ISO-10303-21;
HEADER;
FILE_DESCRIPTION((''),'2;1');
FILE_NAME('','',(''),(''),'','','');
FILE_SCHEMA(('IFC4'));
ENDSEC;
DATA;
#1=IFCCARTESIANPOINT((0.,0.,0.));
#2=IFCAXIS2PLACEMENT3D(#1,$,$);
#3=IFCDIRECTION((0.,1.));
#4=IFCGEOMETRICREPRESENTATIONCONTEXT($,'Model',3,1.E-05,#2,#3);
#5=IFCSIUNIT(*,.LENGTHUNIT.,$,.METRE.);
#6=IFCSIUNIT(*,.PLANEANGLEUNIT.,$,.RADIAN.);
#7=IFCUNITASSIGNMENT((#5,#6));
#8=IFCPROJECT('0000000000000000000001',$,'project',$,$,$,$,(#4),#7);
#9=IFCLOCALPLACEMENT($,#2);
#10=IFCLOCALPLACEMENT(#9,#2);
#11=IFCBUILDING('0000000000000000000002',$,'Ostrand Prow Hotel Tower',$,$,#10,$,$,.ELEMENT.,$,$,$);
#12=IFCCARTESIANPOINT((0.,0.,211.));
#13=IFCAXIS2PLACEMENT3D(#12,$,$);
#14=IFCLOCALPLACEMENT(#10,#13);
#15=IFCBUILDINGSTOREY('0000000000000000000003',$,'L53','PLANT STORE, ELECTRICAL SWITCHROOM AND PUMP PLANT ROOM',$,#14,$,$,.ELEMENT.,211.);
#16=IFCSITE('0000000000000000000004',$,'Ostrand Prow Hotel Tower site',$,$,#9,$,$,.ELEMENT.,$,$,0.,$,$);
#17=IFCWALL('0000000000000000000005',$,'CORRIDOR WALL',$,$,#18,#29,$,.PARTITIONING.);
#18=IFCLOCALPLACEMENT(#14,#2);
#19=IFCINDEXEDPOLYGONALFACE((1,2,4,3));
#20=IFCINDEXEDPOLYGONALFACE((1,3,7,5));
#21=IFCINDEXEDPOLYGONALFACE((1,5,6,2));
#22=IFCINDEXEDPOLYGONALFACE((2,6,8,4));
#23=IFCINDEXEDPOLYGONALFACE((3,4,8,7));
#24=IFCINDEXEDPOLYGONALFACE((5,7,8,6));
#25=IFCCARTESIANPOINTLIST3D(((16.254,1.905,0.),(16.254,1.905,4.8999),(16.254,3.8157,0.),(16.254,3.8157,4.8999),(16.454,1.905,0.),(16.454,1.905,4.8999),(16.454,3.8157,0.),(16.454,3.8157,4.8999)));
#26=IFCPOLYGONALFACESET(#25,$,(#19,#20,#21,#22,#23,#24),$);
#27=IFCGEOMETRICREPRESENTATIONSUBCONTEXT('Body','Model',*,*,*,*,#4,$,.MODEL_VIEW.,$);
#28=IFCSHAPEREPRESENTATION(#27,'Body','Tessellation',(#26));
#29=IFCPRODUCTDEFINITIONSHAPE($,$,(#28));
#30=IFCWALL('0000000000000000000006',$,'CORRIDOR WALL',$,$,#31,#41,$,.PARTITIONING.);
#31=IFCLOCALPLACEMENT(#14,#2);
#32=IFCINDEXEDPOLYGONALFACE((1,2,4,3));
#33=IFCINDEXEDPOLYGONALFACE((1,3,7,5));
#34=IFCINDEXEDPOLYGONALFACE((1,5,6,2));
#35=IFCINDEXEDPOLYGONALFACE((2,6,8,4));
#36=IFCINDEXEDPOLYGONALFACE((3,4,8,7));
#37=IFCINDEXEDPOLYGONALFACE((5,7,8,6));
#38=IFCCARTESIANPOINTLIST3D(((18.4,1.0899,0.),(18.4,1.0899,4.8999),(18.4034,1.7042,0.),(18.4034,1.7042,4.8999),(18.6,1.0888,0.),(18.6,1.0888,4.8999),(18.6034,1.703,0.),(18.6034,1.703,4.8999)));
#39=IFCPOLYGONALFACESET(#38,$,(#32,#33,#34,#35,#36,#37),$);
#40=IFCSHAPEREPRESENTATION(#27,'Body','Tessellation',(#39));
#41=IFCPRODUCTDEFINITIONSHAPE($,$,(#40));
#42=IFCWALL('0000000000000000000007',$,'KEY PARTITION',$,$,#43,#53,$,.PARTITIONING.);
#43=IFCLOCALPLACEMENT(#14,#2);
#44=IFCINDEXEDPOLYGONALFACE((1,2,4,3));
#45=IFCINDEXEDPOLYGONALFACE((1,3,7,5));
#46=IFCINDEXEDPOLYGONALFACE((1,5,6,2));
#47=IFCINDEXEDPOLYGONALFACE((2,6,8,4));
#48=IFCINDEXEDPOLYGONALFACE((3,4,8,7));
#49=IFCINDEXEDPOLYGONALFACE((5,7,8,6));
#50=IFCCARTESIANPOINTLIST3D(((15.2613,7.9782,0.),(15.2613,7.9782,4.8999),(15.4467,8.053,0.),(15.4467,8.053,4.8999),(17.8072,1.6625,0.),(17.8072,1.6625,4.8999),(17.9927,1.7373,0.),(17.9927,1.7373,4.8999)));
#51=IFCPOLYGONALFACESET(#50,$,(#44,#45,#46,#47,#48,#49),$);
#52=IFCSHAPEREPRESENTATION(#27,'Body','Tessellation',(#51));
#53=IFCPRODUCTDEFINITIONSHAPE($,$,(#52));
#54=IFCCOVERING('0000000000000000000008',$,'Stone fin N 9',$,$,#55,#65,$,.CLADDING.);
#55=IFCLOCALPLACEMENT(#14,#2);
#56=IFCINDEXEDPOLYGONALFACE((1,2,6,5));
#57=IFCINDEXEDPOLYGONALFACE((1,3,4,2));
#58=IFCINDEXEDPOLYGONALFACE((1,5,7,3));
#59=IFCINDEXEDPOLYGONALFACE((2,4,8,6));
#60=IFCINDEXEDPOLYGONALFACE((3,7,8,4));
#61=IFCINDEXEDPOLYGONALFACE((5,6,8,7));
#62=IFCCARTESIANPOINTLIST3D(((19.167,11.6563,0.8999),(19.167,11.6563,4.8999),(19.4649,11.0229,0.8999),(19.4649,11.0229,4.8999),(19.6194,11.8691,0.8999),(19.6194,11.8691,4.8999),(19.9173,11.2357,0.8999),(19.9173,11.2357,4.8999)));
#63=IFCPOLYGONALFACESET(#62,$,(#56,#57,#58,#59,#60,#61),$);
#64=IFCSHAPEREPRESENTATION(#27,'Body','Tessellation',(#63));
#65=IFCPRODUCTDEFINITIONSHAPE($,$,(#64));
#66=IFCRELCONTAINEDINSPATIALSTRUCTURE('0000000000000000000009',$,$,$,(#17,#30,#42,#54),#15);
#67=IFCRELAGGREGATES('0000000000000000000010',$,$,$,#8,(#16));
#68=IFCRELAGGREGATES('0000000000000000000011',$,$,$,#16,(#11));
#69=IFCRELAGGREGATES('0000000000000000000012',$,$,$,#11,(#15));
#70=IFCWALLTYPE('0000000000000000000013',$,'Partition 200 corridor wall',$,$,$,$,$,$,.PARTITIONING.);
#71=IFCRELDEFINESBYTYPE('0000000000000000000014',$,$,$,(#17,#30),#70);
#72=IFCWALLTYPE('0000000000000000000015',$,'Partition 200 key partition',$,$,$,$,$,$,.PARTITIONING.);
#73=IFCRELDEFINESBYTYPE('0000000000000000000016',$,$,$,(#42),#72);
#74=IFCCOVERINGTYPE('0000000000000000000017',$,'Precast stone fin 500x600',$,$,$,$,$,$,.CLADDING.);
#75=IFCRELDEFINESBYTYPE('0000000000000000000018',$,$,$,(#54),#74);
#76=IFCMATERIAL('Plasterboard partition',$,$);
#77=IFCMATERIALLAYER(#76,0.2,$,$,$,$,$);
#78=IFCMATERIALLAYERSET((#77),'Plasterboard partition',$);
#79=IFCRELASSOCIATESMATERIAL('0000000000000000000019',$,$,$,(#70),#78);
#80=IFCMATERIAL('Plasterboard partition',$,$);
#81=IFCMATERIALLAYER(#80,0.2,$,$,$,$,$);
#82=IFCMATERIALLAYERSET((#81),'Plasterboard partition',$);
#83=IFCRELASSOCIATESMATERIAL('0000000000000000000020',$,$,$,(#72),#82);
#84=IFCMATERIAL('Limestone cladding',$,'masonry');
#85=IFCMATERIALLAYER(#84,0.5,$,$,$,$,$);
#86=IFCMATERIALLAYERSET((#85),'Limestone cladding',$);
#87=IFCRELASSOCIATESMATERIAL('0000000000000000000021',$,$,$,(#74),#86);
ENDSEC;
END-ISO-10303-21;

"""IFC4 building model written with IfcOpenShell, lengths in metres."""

from ifc_helpers import new_model, si_unit, direction, frame, frame_2d, origin, place, context, subcontext, project, spatial, rectangle, extrude, material, layer, layer_set, type_object, element, save


model = new_model("IFC4")

# Units and contexts
model_context = context("Model", 3, precision=1e-05, world=origin(), true_north=direction((0.0, 1.0)))
body_context = subcontext(model_context, "Body", "Model", "MODEL_VIEW")
ifc_project = project(units=[si_unit("LENGTHUNIT", "METRE"), si_unit("PLANEANGLEUNIT", "RADIAN")], contexts=[model_context])

# Site, building, storey
site_placement = place(None, origin())
site = spatial("IfcSite", under=ifc_project, at=site_placement, Name="Ostrand Prow Hotel Tower site", CompositionType="ELEMENT", RefElevation=0.0)
building_placement = place(site_placement, origin())
building = spatial("IfcBuilding", under=site, at=building_placement, Name="Ostrand Prow Hotel Tower", CompositionType="ELEMENT")
storey_placement = place(building_placement, frame((0.0, 0.0, 211.0)))
storey = spatial("IfcBuildingStorey", under=building, at=storey_placement, Name="L53", Description="PLANT STORE, ELECTRICAL SWITCHROOM AND PUMP PLANT ROOM", CompositionType="ELEMENT", Elevation=211.0)

# Shared definitions
ifc_material_1 = material(Name="Plasterboard partition")
ifc_layer_1 = layer(ifc_material_1, 0.2)
ifc_layer_set_1 = layer_set([ifc_layer_1], Name="Plasterboard partition")
wall_type_1 = type_object("IfcWallType", Name="Partition 200 corridor wall", PredefinedType="PARTITIONING", material=ifc_layer_set_1)

# Walls
wall_1_placement = place(storey_placement, frame((16.354, 3.8157, 0.0), z_axis=(0.0, 0.0, 1.0), x_axis=(0.0, -1.0, 0.0)))
element("IfcWall", 1, at=wall_1_placement, inside=storey, type_object=wall_type_1, Name="CORRIDOR WALL", PredefinedType="PARTITIONING", context=body_context, shape_type="SweptSolid", body=[
    extrude(rectangle(XDim=1.9106, YDim=0.2, at=frame_2d((0.9553, 0.0))), origin(), (0.0, 0.0, 1.0), 4.8999),
])
wall_2_placement = place(storey_placement, frame((18.5, 1.0894, 0.0), z_axis=(0.0, 0.0, 1.0), x_axis=(0.005564, 0.999985, 0.0)))
element("IfcWall", 2, at=wall_2_placement, inside=storey, type_object=wall_type_1, Name="CORRIDOR WALL", PredefinedType="PARTITIONING", context=body_context, shape_type="SweptSolid", body=[
    extrude(rectangle(XDim=0.6143, YDim=0.2, at=frame_2d((0.3071, 0.0))), origin(), (0.0, 0.0, 1.0), 4.8999),
])
ifc_material_2 = material(Name="Plasterboard partition")
ifc_layer_2 = layer(ifc_material_2, 0.2)
ifc_layer_set_2 = layer_set([ifc_layer_2], Name="Plasterboard partition")
wall_type_2 = type_object("IfcWallType", Name="Partition 200 key partition", PredefinedType="PARTITIONING", material=ifc_layer_set_2)
wall_3_placement = place(storey_placement, frame((15.354, 8.0156, 0.0), z_axis=(0.0, 0.0, 1.0), x_axis=(0.373874, -0.927479, 0.0)))
element("IfcWall", 3, at=wall_3_placement, inside=storey, type_object=wall_type_2, Name="KEY PARTITION", PredefinedType="PARTITIONING", context=body_context, shape_type="SweptSolid", body=[
    extrude(rectangle(XDim=6.8096, YDim=0.2, at=frame_2d((3.4048, 0.0))), origin(), (0.0, 0.0, 1.0), 4.8999),
])

# Covering
ifc_material_3 = material(Name="Limestone cladding", Category="masonry")
ifc_layer_3 = layer(ifc_material_3, 0.5)
ifc_layer_set_3 = layer_set([ifc_layer_3], Name="Limestone cladding")
covering_type = type_object("IfcCoveringType", Name="Precast stone fin 500x600", PredefinedType="CLADDING", material=ifc_layer_set_3)
covering_placement = place(storey_placement, frame((19.6912, 11.1292, 0.8999), z_axis=(0.0, 0.0, 1.0), x_axis=(-0.425595, 0.904914, 0.0)))
element("IfcCovering", 4, at=covering_placement, inside=storey, type_object=covering_type, Name="Stone fin N 9", PredefinedType="CLADDING", context=body_context, shape_type="SweptSolid", body=[
    extrude(rectangle(XDim=0.7, YDim=0.5, at=frame_2d((0.3501, 0.0))), origin(), (0.0, 0.0, 1.0), 4.0),
])

save(model, "model.ifc")
